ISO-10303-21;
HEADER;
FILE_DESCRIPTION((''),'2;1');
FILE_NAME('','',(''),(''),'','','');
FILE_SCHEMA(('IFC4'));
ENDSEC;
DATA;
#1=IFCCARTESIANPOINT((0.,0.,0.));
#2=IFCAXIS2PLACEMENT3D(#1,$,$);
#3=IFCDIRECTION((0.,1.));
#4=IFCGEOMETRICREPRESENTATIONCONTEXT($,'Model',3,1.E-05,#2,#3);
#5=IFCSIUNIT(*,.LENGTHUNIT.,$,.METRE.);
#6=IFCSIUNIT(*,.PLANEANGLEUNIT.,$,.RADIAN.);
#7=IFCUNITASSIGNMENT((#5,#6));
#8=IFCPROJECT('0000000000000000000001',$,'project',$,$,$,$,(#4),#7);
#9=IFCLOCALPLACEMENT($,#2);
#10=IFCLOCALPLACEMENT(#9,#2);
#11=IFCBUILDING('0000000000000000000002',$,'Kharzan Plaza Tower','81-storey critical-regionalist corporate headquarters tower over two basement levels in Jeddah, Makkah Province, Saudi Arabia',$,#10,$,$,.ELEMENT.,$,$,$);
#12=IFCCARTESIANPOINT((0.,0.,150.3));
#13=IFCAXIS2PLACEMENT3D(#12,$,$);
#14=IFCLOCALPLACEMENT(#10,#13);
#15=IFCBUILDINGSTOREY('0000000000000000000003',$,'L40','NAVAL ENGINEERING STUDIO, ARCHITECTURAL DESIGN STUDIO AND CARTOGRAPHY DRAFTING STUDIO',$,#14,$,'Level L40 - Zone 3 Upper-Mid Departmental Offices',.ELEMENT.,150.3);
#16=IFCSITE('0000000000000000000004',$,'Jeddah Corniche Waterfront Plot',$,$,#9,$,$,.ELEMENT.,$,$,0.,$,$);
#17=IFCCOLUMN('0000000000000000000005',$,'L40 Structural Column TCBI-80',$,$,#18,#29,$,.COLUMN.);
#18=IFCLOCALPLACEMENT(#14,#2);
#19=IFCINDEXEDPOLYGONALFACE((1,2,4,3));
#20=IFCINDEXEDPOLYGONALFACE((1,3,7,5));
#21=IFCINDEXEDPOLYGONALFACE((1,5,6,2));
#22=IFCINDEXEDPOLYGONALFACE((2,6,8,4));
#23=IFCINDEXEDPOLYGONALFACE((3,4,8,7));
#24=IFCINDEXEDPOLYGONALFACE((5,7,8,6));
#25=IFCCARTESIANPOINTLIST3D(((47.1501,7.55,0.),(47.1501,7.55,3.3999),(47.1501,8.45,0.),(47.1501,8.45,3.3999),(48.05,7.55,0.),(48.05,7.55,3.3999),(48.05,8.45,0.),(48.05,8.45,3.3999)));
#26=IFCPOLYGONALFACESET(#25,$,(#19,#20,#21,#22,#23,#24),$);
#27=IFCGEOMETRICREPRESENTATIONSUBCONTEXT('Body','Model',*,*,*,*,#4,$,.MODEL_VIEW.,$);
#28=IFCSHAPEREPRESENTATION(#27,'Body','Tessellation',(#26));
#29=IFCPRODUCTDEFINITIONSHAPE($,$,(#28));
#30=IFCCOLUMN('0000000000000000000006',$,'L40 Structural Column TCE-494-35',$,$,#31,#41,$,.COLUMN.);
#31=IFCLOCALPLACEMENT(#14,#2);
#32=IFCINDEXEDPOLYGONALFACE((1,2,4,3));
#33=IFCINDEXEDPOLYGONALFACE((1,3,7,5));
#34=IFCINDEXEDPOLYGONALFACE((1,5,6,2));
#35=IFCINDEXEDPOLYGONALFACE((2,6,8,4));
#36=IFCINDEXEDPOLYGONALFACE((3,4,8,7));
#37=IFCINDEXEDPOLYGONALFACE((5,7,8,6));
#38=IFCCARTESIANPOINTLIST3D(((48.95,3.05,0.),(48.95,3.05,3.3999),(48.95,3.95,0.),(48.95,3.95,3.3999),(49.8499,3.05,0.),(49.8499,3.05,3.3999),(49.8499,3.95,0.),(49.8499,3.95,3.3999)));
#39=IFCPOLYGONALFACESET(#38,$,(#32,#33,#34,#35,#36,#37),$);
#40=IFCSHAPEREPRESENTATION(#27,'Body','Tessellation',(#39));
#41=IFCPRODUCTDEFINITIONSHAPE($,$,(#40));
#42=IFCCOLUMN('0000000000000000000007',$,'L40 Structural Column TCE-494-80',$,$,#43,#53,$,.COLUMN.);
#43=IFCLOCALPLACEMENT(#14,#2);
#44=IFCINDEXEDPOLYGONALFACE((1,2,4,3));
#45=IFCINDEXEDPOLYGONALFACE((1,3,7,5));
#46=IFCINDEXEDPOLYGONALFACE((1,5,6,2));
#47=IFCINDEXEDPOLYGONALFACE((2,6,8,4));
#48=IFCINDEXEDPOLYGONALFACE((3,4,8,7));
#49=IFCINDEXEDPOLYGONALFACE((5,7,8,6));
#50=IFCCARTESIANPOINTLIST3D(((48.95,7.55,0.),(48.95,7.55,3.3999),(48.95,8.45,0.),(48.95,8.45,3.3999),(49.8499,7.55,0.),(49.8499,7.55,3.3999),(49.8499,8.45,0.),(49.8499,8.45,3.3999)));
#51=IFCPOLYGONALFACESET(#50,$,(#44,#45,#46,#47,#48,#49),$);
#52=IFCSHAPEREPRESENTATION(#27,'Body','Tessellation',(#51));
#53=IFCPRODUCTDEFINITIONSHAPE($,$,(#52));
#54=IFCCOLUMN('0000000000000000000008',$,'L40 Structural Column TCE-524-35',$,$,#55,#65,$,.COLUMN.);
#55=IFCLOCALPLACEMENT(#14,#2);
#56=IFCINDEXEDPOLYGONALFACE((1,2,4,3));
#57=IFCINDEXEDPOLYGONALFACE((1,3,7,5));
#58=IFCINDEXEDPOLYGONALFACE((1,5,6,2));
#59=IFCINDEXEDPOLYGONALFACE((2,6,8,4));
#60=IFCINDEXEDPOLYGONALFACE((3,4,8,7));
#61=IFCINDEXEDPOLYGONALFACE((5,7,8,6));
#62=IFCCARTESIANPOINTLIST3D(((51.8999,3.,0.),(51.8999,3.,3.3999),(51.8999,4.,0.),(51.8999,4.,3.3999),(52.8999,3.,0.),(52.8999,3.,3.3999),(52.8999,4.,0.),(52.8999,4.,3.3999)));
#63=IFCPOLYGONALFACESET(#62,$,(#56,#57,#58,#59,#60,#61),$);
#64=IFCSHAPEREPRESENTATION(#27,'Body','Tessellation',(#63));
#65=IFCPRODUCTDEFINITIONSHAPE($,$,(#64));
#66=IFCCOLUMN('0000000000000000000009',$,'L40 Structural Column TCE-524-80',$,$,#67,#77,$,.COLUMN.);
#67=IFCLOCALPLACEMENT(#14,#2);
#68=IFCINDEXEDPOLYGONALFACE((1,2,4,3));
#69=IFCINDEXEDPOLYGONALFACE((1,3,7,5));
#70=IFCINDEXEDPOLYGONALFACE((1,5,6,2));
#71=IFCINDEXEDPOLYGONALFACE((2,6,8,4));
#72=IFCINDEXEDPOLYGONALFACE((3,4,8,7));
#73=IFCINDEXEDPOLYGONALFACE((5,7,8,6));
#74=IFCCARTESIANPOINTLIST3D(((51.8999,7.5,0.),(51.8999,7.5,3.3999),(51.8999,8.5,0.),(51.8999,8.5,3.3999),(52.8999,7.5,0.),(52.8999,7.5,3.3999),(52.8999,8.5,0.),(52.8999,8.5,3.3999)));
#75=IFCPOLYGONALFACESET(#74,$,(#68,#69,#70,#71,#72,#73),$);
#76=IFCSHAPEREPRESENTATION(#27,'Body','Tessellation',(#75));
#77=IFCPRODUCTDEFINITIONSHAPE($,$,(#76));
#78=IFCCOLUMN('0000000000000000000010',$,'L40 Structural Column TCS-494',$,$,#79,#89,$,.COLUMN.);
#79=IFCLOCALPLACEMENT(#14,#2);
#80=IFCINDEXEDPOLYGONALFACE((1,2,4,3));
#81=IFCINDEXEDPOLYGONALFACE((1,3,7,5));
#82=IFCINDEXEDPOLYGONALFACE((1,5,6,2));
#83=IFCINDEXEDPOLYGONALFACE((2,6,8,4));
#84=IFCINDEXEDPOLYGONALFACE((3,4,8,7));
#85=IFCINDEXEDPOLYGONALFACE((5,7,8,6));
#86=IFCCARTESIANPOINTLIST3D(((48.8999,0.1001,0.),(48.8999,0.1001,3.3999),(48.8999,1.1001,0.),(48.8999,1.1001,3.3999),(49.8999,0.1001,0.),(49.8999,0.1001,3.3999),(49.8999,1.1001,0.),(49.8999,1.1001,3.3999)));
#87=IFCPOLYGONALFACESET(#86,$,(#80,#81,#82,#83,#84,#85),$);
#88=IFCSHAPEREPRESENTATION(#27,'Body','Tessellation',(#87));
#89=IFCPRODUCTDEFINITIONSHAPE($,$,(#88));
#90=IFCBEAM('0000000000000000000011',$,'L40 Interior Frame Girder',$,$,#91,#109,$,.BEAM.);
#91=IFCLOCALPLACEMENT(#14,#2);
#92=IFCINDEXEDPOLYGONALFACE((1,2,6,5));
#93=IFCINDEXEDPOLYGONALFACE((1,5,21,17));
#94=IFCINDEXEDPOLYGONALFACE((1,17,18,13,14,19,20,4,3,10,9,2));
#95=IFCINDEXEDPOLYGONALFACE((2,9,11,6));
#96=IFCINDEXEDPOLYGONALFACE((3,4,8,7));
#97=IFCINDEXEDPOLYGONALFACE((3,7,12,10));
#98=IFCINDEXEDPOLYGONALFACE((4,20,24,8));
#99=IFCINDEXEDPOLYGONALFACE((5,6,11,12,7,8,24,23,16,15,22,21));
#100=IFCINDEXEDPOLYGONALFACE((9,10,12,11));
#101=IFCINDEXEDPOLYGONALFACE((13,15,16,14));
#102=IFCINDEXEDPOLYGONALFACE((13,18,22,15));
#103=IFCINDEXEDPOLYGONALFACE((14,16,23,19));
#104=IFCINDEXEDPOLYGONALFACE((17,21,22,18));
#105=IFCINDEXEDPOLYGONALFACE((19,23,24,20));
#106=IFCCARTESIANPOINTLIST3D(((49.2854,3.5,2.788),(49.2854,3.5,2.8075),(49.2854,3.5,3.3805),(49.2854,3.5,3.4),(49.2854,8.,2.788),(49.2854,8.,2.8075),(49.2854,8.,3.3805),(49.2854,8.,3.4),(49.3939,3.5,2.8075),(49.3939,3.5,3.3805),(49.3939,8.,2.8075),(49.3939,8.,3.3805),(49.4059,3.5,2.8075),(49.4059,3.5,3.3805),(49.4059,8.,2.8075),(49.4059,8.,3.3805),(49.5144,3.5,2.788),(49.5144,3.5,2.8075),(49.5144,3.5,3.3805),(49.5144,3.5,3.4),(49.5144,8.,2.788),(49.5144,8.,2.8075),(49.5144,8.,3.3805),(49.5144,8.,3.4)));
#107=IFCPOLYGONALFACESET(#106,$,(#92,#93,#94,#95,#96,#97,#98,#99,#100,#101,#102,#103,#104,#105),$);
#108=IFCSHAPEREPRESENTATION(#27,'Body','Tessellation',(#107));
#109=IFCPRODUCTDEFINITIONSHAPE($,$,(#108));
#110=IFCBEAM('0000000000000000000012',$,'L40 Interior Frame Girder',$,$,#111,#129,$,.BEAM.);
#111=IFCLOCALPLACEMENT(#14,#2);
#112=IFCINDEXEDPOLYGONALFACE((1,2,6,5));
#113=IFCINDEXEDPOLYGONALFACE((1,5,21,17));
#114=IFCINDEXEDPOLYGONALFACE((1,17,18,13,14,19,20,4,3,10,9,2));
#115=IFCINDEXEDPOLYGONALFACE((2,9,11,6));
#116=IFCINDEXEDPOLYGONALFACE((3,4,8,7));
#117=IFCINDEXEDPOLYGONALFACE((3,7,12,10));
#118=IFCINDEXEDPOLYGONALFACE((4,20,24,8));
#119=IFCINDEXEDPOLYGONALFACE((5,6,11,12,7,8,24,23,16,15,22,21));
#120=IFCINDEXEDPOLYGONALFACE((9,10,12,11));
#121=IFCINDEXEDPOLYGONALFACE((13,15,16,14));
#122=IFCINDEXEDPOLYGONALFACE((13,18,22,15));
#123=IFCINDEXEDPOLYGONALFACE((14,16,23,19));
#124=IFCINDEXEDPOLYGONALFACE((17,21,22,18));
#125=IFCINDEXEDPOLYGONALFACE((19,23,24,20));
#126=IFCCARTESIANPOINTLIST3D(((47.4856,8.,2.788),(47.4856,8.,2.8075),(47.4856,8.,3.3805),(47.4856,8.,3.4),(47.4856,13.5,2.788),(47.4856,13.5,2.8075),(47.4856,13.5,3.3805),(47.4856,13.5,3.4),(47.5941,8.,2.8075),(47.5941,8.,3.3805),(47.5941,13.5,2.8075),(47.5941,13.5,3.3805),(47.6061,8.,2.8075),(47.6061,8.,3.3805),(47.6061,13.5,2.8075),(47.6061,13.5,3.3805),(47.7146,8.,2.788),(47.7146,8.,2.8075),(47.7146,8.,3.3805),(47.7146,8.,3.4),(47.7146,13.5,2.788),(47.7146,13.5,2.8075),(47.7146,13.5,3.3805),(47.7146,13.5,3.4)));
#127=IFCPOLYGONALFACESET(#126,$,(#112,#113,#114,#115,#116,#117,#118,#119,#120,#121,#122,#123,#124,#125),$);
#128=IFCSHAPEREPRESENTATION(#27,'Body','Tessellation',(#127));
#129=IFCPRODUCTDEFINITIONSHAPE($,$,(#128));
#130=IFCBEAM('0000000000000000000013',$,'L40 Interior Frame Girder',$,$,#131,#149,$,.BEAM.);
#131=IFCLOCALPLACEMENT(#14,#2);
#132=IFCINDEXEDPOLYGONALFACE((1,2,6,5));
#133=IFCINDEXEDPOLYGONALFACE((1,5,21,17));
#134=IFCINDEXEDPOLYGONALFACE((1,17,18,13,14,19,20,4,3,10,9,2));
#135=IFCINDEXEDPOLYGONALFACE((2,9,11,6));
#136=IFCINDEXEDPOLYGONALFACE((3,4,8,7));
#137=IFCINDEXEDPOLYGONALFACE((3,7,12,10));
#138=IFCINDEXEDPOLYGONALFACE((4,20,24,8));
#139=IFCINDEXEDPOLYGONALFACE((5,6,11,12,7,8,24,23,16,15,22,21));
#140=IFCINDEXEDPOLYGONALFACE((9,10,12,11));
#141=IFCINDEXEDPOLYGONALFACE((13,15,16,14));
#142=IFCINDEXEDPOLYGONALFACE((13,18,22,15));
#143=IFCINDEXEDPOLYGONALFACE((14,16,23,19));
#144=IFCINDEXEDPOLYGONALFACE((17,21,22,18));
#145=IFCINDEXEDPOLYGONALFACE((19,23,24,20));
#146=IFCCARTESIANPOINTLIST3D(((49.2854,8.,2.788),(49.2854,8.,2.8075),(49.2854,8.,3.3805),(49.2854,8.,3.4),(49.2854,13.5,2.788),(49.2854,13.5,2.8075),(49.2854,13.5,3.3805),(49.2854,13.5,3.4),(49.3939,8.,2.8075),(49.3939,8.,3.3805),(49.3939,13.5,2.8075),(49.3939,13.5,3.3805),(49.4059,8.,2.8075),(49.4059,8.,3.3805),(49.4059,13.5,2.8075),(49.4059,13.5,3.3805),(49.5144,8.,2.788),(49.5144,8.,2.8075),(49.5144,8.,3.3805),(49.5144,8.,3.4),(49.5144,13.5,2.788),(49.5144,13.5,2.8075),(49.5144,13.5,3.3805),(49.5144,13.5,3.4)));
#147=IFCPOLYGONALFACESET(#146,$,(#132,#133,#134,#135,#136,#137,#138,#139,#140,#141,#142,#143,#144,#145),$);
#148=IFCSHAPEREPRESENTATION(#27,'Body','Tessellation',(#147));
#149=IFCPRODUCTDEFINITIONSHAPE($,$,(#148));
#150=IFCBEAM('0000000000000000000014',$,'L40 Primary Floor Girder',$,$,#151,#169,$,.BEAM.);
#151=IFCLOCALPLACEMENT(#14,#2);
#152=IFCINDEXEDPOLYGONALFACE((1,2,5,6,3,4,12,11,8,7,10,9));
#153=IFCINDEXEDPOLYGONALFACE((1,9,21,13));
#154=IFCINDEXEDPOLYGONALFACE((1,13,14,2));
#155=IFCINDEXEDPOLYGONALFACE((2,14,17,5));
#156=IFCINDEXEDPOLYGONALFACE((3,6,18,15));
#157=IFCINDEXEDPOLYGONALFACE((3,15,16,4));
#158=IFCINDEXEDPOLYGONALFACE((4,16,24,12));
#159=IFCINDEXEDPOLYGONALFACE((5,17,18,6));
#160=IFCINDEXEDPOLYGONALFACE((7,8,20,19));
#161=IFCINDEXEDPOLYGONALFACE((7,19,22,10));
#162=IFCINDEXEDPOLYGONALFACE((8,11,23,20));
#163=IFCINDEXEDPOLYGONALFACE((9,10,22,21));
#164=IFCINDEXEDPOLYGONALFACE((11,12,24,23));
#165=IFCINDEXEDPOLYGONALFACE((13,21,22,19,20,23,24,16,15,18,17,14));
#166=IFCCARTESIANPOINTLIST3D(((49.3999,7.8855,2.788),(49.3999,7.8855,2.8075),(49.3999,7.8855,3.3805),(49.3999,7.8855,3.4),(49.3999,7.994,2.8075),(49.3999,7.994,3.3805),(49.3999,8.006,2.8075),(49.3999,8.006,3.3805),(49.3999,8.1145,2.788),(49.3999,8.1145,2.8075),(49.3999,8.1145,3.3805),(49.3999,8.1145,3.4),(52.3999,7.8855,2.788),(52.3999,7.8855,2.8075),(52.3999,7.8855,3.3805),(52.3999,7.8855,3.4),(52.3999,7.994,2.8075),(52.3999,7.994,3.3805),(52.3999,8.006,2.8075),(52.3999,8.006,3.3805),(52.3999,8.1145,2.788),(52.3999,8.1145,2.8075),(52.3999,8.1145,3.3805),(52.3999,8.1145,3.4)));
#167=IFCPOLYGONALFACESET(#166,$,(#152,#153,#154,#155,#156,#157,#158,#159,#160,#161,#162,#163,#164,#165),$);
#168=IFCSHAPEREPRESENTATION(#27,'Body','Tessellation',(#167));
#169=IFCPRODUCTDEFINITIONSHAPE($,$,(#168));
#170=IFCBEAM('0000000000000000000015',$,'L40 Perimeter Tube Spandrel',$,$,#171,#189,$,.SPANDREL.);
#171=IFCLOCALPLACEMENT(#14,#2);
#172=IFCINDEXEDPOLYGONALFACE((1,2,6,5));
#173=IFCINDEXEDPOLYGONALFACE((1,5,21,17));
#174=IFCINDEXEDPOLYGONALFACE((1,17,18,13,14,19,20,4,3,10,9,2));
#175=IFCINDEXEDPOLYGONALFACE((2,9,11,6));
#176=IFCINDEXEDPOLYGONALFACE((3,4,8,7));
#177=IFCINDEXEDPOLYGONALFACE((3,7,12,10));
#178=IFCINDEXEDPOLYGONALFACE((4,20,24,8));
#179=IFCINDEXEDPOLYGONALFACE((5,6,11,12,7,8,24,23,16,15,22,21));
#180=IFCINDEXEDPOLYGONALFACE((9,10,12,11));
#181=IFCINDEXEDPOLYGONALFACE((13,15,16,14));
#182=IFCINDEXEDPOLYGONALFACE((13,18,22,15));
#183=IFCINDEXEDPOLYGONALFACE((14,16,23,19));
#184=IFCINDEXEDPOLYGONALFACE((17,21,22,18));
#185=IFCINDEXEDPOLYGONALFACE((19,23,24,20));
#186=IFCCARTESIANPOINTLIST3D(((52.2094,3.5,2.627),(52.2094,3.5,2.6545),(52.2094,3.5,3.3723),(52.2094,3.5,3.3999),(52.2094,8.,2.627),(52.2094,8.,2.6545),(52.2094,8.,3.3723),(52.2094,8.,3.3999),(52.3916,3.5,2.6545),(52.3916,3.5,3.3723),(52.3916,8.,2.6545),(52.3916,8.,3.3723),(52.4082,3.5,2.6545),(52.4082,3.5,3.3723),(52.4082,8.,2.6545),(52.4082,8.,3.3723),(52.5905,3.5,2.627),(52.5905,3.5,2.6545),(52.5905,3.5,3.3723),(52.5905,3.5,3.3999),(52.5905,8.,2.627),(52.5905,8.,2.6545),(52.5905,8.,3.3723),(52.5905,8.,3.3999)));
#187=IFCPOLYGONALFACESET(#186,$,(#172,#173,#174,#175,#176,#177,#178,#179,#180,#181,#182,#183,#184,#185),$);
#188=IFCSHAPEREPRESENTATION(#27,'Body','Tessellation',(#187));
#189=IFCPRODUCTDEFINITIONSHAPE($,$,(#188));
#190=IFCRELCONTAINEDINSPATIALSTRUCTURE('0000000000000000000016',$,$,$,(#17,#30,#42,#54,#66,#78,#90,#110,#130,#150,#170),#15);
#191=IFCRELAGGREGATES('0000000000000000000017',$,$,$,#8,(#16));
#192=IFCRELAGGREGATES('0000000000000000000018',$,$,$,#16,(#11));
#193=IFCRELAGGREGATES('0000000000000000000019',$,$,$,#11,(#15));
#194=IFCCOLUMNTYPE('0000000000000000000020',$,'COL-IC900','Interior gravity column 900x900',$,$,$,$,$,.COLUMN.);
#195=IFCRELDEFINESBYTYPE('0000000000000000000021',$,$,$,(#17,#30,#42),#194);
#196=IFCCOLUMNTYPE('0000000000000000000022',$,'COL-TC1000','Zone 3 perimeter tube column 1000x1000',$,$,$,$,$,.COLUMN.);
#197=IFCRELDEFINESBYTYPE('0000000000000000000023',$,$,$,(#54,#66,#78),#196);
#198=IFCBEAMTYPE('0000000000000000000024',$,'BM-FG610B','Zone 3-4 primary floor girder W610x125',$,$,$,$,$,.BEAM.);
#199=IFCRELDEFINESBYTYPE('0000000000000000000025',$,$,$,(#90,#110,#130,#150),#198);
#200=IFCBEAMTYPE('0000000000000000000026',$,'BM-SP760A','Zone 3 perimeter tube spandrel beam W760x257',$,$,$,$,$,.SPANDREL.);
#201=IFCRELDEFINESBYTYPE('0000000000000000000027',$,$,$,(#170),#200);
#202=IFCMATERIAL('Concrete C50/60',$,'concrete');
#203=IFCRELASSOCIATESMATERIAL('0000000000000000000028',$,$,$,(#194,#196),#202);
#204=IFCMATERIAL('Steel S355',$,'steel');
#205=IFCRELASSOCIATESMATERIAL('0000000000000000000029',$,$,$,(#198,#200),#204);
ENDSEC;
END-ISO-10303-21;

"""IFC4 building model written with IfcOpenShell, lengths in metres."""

from ifc_helpers import new_model, si_unit, direction, frame, origin, origin_2d, place, context, subcontext, project, spatial, rectangle, i_section, extrude, source, transform, mapped, material, material_profile, profile_set, type_object, element, save


model = new_model("IFC4")

# Units and contexts
model_context = context("Model", 3, precision=1e-05, world=origin(), true_north=direction((0.0, 1.0)))
body_context = subcontext(model_context, "Body", "Model", "MODEL_VIEW")
ifc_project = project(units=[si_unit("LENGTHUNIT", "METRE"), si_unit("PLANEANGLEUNIT", "RADIAN")], contexts=[model_context])

# Site, building, storey
site_placement = place(None, origin())
site = spatial("IfcSite", under=ifc_project, at=site_placement, Name="Jeddah Corniche Waterfront Plot", CompositionType="ELEMENT", RefElevation=0.0)
building_placement = place(site_placement, origin())
building = spatial("IfcBuilding", under=site, at=building_placement, Name="Kharzan Plaza Tower", Description="81-storey critical-regionalist corporate headquarters tower over two basement levels in Jeddah, Makkah Province, Saudi Arabia", CompositionType="ELEMENT")
storey_placement = place(building_placement, frame((0.0, 0.0, 150.3)))
storey = spatial("IfcBuildingStorey", under=building, at=storey_placement, Name="L40", Description="NAVAL ENGINEERING STUDIO, ARCHITECTURAL DESIGN STUDIO AND CARTOGRAPHY DRAFTING STUDIO", LongName="Level L40 - Zone 3 Upper-Mid Departmental Offices", CompositionType="ELEMENT", Elevation=150.3)

# Columns
ifc_material_1 = material(Name="Concrete C50/60", Category="concrete")
ifc_material_profile_1 = material_profile(ifc_material_1, rectangle(XDim=0.8999, YDim=0.8999, at=origin_2d()), Name="RC-IC900x900")
ifc_profile_set_1 = profile_set([ifc_material_profile_1], Name="Concrete C50/60")
column_type_1 = type_object("IfcColumnType", Name="COL-IC900", Description="Interior gravity column 900x900", PredefinedType="COLUMN", material=ifc_profile_set_1)
shared_shape_1 = source(origin(), body_context, "Body", "SweptSolid", [
    extrude(rectangle(XDim=0.8999, YDim=0.8999, at=origin_2d()), origin(), (0.0, 0.0, 1.0), 3.3999),
])
for number, where, z_axis, x_axis, name in (
    (1, (47.6001, 8.0, 0.0), (0.0, 0.0, 1.0), (1.0, 0.0, 0.0), "L40 Structural Column TCBI-80"),
    (2, (49.3999, 3.5, 0.0), (0.0, 0.0, 1.0), (1.0, 0.0, 0.0), "L40 Structural Column TCE-494-35"),
    (3, (49.3999, 8.0, 0.0), (0.0, 0.0, 1.0), (1.0, 0.0, 0.0), "L40 Structural Column TCE-494-80"),
):
    element("IfcColumn", number, at=place(storey_placement, frame(where, z_axis=z_axis, x_axis=x_axis)), inside=storey, type_object=column_type_1, Name=name, PredefinedType="COLUMN", context=body_context, shape_type="MappedRepresentation", body=[
        mapped(shared_shape_1, transform((0.0, 0.0, 0.0), x_axis=(1.0, 0.0, 0.0), y_axis=(0.0, 1.0, 0.0), z_axis=(0.0, 0.0, 1.0))),
    ])
ifc_material_profile_2 = material_profile(ifc_material_1, rectangle(XDim=1.0, YDim=1.0, at=origin_2d()), Name="RC-TC1000x1000")
ifc_profile_set_2 = profile_set([ifc_material_profile_2], Name="Concrete C50/60")
column_type_2 = type_object("IfcColumnType", Name="COL-TC1000", Description="Zone 3 perimeter tube column 1000x1000", PredefinedType="COLUMN", material=ifc_profile_set_2)
shared_shape_2 = source(origin(), body_context, "Body", "SweptSolid", [
    extrude(rectangle(XDim=1.0, YDim=1.0, at=origin_2d()), origin(), (0.0, 0.0, 1.0), 3.3999),
])
for number, where, z_axis, x_axis, name in (
    (4, (52.3999, 3.5, 0.0), (0.0, 0.0, 1.0), (1.0, 0.0, 0.0), "L40 Structural Column TCE-524-35"),
    (5, (52.3999, 8.0, 0.0), (0.0, 0.0, 1.0), (1.0, 0.0, 0.0), "L40 Structural Column TCE-524-80"),
    (6, (49.3999, 0.6001, 0.0), (0.0, 0.0, 1.0), (1.0, 0.0, 0.0), "L40 Structural Column TCS-494"),
):
    element("IfcColumn", number, at=place(storey_placement, frame(where, z_axis=z_axis, x_axis=x_axis)), inside=storey, type_object=column_type_2, Name=name, PredefinedType="COLUMN", context=body_context, shape_type="MappedRepresentation", body=[
        mapped(shared_shape_2, transform((0.0, 0.0, 0.0), x_axis=(1.0, 0.0, 0.0), y_axis=(0.0, 1.0, 0.0), z_axis=(0.0, 0.0, 1.0))),
    ])

# Beams
ifc_material_2 = material(Name="Steel S355", Category="steel")
ifc_material_profile_3 = material_profile(ifc_material_2, i_section(OverallWidth=0.229, OverallDepth=0.6121, WebThickness=0.012, FlangeThickness=0.0195, at=origin_2d()), Name="W610x125")
ifc_profile_set_3 = profile_set([ifc_material_profile_3], Name="Steel S355")
beam_type_1 = type_object("IfcBeamType", Name="BM-FG610B", Description="Zone 3-4 primary floor girder W610x125", PredefinedType="BEAM", material=ifc_profile_set_3)
shared_shape_3 = source(origin(), body_context, "Body", "SweptSolid", [
    extrude(i_section(OverallWidth=0.229, OverallDepth=0.6121, WebThickness=0.012, FlangeThickness=0.0195, at=origin_2d()), origin(), (0.0, 0.0, 1.0), 4.5),
])
beam_1_placement = place(storey_placement, frame((49.3999, 3.5, 3.094), z_axis=(0.0, 1.0, 0.0), x_axis=(-1.0, 0.0, 0.0)))
element("IfcBeam", 7, at=beam_1_placement, inside=storey, type_object=beam_type_1, Name="L40 Interior Frame Girder", PredefinedType="BEAM", context=body_context, shape_type="MappedRepresentation", body=[
    mapped(shared_shape_3, transform((0.0, 0.0, 0.0), x_axis=(1.0, 0.0, 0.0), y_axis=(0.0, 1.0, 0.0), z_axis=(0.0, 0.0, 1.0))),
])
shared_shape_4 = source(origin(), body_context, "Body", "SweptSolid", [
    extrude(i_section(OverallWidth=0.229, OverallDepth=0.6121, WebThickness=0.012, FlangeThickness=0.0195, at=origin_2d()), origin(), (0.0, 0.0, 1.0), 5.5),
])
for number, where, z_axis, x_axis, name in (
    (8, (47.6001, 8.0, 3.094), (0.0, 1.0, 0.0), (-1.0, 0.0, 0.0), "L40 Interior Frame Girder"),
    (9, (49.3999, 8.0, 3.094), (0.0, 1.0, 0.0), (-1.0, 0.0, 0.0), "L40 Interior Frame Girder"),
):
    element("IfcBeam", number, at=place(storey_placement, frame(where, z_axis=z_axis, x_axis=x_axis)), inside=storey, type_object=beam_type_1, Name=name, PredefinedType="BEAM", context=body_context, shape_type="MappedRepresentation", body=[
        mapped(shared_shape_4, transform((0.0, 0.0, 0.0), x_axis=(1.0, 0.0, 0.0), y_axis=(0.0, 1.0, 0.0), z_axis=(0.0, 0.0, 1.0))),
    ])
shared_shape_5 = source(origin(), body_context, "Body", "SweptSolid", [
    extrude(i_section(OverallWidth=0.229, OverallDepth=0.6121, WebThickness=0.012, FlangeThickness=0.0195, at=origin_2d()), origin(), (0.0, 0.0, 1.0), 3.0),
])
beam_2_placement = place(storey_placement, frame((49.3999, 8.0, 3.094), z_axis=(1.0, 0.0, 0.0), x_axis=(0.0, 1.0, 0.0)))
element("IfcBeam", 10, at=beam_2_placement, inside=storey, type_object=beam_type_1, Name="L40 Primary Floor Girder", PredefinedType="BEAM", context=body_context, shape_type="MappedRepresentation", body=[
    mapped(shared_shape_5, transform((0.0, 0.0, 0.0), x_axis=(1.0, 0.0, 0.0), y_axis=(0.0, 1.0, 0.0), z_axis=(0.0, 0.0, 1.0))),
])
ifc_material_profile_4 = material_profile(ifc_material_2, i_section(OverallWidth=0.3811, OverallDepth=0.7729, WebThickness=0.0166, FlangeThickness=0.0276, at=origin_2d()), Name="W760x257")
ifc_profile_set_4 = profile_set([ifc_material_profile_4], Name="Steel S355")
beam_type_2 = type_object("IfcBeamType", Name="BM-SP760A", Description="Zone 3 perimeter tube spandrel beam W760x257", PredefinedType="SPANDREL", material=ifc_profile_set_4)
shared_shape_6 = source(origin(), body_context, "Body", "SweptSolid", [
    extrude(i_section(OverallWidth=0.3811, OverallDepth=0.7729, WebThickness=0.0166, FlangeThickness=0.0276, at=origin_2d()), origin(), (0.0, 0.0, 1.0), 4.5),
])
beam_3_placement = place(storey_placement, frame((52.3999, 3.5, 3.0134), z_axis=(0.0, 1.0, 0.0), x_axis=(-1.0, 0.0, 0.0)))
element("IfcBeam", 11, at=beam_3_placement, inside=storey, type_object=beam_type_2, Name="L40 Perimeter Tube Spandrel", PredefinedType="SPANDREL", context=body_context, shape_type="MappedRepresentation", body=[
    mapped(shared_shape_6, transform((0.0, 0.0, 0.0), x_axis=(1.0, 0.0, 0.0), y_axis=(0.0, 1.0, 0.0), z_axis=(0.0, 0.0, 1.0))),
])

save(model, "model.ifc")
